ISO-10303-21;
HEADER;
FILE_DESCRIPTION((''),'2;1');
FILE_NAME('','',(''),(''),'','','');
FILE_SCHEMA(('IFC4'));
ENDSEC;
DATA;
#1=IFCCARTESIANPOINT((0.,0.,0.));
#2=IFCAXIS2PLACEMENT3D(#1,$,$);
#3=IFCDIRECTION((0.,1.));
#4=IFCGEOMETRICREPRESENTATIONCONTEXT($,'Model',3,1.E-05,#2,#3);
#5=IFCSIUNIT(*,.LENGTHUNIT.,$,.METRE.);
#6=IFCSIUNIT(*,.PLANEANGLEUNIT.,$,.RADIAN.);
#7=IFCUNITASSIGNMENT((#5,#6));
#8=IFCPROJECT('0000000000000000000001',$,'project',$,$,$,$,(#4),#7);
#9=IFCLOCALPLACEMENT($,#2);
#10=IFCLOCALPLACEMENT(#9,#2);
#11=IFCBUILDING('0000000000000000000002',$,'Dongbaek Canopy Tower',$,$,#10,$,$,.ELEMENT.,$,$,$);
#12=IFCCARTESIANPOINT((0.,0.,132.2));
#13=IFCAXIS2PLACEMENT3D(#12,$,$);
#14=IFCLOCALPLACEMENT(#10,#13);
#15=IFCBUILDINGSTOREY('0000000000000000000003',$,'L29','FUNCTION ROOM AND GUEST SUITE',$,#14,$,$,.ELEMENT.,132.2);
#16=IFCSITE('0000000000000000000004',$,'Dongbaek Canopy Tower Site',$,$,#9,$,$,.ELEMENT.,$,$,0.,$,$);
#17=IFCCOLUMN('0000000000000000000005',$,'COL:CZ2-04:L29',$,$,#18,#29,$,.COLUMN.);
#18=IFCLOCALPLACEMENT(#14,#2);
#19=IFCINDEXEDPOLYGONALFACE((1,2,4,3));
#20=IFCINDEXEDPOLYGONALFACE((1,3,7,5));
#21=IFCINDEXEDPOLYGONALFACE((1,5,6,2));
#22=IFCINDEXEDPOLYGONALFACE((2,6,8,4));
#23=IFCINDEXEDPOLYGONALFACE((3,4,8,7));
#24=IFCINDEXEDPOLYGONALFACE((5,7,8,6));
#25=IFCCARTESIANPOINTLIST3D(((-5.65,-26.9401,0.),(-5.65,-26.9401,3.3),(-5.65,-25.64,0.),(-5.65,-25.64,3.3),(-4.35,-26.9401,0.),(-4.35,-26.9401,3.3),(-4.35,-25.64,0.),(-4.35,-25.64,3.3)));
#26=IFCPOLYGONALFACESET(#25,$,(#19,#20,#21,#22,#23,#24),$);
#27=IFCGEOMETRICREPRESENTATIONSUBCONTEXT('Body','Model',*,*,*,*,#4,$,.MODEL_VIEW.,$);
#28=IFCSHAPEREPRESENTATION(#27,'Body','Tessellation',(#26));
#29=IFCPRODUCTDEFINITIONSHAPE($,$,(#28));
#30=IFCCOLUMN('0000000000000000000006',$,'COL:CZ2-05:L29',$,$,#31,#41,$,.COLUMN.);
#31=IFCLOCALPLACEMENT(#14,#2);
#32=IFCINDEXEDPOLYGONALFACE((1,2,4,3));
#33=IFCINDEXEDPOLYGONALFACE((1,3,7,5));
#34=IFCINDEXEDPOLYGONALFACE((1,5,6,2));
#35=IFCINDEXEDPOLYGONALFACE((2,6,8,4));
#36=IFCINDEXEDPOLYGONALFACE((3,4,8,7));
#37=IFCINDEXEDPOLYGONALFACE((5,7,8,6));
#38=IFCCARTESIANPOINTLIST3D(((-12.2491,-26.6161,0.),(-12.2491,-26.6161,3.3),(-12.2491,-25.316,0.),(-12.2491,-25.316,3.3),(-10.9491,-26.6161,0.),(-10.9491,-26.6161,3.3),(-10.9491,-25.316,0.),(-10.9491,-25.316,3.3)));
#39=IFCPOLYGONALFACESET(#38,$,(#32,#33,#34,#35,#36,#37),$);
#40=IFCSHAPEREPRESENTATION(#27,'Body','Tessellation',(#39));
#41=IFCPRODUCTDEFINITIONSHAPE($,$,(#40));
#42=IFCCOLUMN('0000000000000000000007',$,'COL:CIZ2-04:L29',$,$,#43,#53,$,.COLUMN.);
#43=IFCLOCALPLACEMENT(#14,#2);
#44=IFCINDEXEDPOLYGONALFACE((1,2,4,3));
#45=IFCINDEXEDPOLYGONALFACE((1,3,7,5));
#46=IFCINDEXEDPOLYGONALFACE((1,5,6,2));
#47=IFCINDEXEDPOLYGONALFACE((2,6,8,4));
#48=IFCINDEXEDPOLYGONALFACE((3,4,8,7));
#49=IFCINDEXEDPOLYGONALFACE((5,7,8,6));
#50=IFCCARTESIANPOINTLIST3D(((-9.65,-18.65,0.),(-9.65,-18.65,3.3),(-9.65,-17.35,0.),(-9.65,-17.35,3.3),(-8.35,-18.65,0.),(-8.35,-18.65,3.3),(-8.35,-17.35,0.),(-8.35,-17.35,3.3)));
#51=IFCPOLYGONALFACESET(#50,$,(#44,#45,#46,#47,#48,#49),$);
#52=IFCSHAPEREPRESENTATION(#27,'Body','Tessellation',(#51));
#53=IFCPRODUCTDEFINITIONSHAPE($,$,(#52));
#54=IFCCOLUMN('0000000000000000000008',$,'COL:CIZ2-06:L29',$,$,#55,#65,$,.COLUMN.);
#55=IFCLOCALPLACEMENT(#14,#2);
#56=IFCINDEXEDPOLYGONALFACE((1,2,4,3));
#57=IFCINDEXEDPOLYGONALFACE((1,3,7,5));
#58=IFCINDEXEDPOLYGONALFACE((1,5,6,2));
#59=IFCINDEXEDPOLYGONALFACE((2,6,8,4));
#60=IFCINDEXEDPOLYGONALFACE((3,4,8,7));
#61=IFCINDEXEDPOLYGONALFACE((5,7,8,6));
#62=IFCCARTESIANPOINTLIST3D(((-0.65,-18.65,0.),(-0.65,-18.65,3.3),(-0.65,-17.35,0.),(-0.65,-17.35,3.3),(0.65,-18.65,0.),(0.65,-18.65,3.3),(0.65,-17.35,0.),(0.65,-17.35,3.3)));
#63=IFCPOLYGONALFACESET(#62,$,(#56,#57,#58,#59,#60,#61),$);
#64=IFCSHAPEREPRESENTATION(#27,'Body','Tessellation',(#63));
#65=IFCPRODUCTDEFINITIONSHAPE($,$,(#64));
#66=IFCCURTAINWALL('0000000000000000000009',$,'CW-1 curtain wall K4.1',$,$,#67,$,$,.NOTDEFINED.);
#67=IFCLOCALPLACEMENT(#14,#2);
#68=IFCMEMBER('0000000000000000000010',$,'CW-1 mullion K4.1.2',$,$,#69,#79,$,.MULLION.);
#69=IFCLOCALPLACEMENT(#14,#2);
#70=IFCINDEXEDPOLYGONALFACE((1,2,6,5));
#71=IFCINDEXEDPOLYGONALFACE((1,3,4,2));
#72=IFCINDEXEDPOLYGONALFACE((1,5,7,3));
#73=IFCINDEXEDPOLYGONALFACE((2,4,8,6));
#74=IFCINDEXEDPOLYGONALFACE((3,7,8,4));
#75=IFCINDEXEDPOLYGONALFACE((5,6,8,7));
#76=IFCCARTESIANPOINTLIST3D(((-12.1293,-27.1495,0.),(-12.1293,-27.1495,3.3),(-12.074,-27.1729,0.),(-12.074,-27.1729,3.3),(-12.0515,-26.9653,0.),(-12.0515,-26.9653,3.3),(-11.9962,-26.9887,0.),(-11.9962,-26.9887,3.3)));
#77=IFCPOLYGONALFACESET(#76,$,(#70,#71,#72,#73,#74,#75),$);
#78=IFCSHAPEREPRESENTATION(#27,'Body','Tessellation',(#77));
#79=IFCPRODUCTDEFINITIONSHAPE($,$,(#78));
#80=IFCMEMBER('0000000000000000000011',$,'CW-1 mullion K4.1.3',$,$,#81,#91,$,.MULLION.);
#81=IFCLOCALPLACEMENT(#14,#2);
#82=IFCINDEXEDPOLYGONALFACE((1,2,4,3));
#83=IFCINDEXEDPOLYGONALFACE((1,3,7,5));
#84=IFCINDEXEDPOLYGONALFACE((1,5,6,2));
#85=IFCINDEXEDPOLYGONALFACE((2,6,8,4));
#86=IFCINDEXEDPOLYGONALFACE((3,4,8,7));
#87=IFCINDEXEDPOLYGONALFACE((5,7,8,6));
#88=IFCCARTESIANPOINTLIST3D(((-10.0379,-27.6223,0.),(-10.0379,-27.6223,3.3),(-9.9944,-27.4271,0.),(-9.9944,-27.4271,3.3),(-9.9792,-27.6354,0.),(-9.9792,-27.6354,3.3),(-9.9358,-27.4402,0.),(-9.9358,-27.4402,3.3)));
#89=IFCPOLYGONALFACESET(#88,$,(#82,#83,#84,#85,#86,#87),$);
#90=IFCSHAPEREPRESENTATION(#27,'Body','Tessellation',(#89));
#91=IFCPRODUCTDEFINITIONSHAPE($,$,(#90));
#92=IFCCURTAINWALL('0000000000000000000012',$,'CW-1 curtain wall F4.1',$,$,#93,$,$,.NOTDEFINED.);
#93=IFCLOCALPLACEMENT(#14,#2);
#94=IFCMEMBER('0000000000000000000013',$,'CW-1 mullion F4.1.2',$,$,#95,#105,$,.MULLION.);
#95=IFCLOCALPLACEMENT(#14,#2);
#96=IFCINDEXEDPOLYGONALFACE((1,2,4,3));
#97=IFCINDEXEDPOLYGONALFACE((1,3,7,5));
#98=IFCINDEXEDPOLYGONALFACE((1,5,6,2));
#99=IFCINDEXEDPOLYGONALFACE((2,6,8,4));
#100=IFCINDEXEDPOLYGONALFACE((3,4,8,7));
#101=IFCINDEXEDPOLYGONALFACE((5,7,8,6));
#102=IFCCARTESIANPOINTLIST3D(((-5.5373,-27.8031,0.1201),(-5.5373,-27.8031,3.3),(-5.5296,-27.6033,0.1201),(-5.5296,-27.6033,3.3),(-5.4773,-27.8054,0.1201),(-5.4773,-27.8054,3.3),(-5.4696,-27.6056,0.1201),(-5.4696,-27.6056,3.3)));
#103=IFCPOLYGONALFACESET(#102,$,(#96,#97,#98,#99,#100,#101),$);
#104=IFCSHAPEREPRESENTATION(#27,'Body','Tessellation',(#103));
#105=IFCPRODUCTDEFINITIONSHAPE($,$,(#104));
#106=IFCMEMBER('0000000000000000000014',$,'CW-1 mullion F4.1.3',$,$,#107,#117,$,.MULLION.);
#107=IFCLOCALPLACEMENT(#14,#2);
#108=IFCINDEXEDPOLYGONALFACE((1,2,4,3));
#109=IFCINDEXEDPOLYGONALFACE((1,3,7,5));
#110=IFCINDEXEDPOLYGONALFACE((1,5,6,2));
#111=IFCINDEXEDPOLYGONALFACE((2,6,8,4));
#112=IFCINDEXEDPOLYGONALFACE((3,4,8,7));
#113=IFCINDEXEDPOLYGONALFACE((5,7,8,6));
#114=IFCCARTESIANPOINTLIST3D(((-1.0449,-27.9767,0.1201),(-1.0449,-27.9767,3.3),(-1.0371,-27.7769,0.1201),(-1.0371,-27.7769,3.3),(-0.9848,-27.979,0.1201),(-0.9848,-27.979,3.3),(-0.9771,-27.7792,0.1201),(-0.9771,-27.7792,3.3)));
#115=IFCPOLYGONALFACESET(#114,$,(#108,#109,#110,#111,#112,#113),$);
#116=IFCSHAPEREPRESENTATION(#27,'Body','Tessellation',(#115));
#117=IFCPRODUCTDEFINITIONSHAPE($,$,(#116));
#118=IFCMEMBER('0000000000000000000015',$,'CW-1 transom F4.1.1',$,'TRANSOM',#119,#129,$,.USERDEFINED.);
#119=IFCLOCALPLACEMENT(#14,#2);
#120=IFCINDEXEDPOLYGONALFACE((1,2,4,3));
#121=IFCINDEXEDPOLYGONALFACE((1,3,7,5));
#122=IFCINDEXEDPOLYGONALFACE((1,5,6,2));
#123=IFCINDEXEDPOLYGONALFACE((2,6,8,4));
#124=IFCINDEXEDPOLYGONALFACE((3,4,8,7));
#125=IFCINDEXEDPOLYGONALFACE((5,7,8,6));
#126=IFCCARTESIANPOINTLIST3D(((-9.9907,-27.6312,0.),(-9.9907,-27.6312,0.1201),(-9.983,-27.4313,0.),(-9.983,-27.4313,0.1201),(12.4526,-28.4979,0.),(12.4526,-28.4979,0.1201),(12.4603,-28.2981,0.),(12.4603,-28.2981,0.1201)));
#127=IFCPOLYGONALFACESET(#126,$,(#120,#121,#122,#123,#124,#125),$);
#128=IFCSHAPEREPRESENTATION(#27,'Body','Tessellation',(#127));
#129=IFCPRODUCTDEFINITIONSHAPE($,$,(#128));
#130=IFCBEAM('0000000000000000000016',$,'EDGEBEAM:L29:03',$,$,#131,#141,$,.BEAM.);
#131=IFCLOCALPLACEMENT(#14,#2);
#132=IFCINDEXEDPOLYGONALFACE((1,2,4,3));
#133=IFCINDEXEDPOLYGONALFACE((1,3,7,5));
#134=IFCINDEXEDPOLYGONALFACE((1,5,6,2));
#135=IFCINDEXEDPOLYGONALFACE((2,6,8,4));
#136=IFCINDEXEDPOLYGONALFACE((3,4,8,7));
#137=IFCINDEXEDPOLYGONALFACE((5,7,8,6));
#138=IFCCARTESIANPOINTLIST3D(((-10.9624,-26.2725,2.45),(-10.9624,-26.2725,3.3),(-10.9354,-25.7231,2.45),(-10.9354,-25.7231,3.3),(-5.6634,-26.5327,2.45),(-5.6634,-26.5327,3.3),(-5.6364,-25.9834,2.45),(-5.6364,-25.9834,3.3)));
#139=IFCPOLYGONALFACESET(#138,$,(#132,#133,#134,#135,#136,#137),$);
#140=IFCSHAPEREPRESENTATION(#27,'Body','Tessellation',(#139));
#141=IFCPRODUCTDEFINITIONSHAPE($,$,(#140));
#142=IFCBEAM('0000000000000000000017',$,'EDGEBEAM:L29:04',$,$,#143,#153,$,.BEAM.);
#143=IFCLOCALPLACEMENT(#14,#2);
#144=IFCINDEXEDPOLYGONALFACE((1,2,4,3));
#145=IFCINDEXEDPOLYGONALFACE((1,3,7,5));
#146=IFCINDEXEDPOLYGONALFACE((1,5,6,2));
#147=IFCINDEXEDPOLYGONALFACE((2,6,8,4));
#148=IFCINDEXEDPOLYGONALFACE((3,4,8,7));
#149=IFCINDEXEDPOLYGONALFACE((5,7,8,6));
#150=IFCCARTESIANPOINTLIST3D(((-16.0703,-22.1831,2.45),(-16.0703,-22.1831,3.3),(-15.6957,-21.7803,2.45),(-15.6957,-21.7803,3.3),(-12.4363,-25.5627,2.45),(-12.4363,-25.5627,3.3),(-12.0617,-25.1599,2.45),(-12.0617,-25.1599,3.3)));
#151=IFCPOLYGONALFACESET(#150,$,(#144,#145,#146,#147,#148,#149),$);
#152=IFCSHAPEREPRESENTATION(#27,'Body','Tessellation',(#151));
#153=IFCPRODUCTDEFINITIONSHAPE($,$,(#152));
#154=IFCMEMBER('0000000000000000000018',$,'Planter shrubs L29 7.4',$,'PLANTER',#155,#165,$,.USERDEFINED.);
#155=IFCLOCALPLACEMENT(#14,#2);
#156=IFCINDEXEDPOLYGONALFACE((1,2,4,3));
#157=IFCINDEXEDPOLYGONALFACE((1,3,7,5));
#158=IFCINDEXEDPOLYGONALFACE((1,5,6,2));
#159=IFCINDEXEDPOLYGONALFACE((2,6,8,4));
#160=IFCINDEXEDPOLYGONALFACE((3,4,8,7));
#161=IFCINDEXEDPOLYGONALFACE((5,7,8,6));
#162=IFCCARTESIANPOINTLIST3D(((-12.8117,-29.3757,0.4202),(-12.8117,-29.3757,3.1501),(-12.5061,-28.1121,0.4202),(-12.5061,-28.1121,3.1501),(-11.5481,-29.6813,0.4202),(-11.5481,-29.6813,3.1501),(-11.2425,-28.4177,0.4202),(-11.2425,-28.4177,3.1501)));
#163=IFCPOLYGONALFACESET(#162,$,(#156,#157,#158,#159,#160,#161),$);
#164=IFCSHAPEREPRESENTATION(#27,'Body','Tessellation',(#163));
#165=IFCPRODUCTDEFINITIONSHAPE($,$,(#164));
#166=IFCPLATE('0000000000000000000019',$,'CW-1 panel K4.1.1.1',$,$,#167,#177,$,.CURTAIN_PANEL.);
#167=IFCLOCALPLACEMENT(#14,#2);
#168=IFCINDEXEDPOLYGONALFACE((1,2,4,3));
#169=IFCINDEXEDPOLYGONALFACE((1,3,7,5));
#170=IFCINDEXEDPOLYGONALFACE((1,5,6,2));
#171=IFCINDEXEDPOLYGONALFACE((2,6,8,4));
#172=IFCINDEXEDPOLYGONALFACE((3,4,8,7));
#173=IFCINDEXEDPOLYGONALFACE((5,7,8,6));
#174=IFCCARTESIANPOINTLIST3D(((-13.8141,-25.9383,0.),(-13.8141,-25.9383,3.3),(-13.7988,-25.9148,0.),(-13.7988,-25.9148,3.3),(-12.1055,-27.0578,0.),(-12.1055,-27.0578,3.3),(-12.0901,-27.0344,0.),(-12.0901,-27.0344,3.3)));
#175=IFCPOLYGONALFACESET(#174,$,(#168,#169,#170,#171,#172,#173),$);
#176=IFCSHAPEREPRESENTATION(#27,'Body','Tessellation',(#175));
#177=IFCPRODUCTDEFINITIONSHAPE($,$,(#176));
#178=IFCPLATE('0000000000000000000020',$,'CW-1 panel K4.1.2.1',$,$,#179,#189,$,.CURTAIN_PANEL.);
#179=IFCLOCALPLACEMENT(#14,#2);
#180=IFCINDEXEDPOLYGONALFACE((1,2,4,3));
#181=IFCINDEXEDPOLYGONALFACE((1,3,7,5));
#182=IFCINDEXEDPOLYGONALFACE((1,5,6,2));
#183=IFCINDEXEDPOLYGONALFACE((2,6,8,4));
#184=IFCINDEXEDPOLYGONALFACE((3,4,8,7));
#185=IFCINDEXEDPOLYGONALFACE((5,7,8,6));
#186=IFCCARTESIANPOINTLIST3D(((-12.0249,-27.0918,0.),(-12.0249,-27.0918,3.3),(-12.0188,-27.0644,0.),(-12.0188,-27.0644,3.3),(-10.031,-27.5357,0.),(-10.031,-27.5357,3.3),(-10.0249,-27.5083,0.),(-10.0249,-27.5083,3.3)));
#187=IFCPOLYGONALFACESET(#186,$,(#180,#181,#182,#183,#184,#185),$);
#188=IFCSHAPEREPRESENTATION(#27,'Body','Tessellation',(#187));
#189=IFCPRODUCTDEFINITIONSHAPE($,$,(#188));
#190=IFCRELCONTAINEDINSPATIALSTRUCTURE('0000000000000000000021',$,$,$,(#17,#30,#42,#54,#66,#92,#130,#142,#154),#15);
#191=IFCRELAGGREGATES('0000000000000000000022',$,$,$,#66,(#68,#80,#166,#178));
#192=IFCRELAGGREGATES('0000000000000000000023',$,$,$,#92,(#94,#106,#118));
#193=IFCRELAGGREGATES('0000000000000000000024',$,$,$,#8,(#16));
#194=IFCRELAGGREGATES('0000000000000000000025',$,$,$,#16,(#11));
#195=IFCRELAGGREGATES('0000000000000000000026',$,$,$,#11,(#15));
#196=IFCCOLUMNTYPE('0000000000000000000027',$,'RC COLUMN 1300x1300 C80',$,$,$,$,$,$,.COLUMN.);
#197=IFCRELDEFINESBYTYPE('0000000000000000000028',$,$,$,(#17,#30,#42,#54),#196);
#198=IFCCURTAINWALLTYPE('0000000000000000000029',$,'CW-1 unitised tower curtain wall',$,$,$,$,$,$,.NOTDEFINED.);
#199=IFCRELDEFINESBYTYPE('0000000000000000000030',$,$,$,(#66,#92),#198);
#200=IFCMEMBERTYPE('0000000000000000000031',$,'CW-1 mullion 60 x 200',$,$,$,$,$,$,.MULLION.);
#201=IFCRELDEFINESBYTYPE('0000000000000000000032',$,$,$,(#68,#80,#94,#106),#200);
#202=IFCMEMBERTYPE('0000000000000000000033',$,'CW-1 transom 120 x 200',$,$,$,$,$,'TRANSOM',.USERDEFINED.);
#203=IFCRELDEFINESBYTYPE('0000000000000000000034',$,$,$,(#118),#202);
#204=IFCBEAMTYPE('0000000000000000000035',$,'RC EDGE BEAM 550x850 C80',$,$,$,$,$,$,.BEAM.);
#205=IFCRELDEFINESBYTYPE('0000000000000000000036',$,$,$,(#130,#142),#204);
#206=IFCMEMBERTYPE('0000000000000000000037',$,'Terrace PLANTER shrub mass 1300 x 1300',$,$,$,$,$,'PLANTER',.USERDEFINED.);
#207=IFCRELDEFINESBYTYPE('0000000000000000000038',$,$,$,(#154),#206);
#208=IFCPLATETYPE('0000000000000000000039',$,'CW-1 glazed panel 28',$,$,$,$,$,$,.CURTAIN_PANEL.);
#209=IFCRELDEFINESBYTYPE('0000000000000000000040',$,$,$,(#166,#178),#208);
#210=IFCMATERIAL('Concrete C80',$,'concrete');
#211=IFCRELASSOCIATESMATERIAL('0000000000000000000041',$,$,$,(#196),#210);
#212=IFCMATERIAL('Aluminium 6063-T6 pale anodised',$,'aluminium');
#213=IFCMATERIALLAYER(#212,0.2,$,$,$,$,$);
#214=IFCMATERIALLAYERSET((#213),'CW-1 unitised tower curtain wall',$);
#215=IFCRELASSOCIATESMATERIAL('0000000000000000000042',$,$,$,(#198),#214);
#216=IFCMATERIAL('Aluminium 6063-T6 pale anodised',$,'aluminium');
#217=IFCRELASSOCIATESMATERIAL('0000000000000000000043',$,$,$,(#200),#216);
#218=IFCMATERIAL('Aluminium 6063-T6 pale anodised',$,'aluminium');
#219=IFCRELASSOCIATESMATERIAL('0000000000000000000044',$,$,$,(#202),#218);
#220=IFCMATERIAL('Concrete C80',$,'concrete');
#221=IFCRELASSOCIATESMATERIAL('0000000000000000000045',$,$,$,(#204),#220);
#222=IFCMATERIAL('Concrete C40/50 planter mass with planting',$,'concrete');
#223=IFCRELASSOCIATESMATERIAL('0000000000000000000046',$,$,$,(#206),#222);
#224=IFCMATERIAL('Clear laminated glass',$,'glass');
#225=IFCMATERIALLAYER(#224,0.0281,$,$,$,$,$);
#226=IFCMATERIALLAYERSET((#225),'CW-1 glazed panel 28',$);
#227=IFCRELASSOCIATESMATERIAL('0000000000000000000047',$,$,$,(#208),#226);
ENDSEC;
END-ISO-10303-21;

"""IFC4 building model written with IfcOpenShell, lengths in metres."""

from ifc_helpers import new_model, si_unit, direction, frame, origin, origin_2d, place, context, subcontext, project, spatial, rectangle, extrude, material, layer, layer_set, material_profile, profile_set, type_object, element, aggregate, save


model = new_model("IFC4")

# Units and contexts
model_context = context("Model", 3, precision=1e-05, world=origin(), true_north=direction((0.0, 1.0)))
body_context = subcontext(model_context, "Body", "Model", "MODEL_VIEW")
ifc_project = project(units=[si_unit("LENGTHUNIT", "METRE"), si_unit("PLANEANGLEUNIT", "RADIAN")], contexts=[model_context])

# Site, building, storey
site_placement = place(None, origin())
site = spatial("IfcSite", under=ifc_project, at=site_placement, Name="Dongbaek Canopy Tower Site", CompositionType="ELEMENT", RefElevation=0.0)
building_placement = place(site_placement, origin())
building = spatial("IfcBuilding", under=site, at=building_placement, Name="Dongbaek Canopy Tower", CompositionType="ELEMENT")
storey_placement = place(building_placement, frame((0.0, 0.0, 132.2)))
storey = spatial("IfcBuildingStorey", under=building, at=storey_placement, Name="L29", Description="FUNCTION ROOM AND GUEST SUITE", CompositionType="ELEMENT", Elevation=132.2)

# Columns
ifc_material_1 = material(Name="Concrete C80", Category="concrete")
ifc_material_profile_1 = material_profile(ifc_material_1, rectangle(XDim=1.3, YDim=1.3, at=origin_2d()), Name="RC COLUMN 1300x1300 C80")
ifc_profile_set_1 = profile_set([ifc_material_profile_1], Name="Concrete C80")
column_type = type_object("IfcColumnType", Name="RC COLUMN 1300x1300 C80", PredefinedType="COLUMN", material=ifc_profile_set_1)
for number, where, z_axis, x_axis, name in (
    (1, (-5.0, -26.29, 0.0), (0.0, 0.0, 1.0), (1.0, 0.0, 0.0), "COL:CZ2-04:L29"),
    (2, (-11.5991, -25.9661, 0.0), (0.0, 0.0, 1.0), (1.0, 0.0, 0.0), "COL:CZ2-05:L29"),
    (3, (-9.0, -18.0, 0.0), (0.0, 0.0, 1.0), (1.0, 0.0, 0.0), "COL:CIZ2-04:L29"),
    (4, (0.0, -18.0, 0.0), (0.0, 0.0, 1.0), (1.0, 0.0, 0.0), "COL:CIZ2-06:L29"),
):
    element("IfcColumn", number, at=place(storey_placement, frame(where, z_axis=z_axis, x_axis=x_axis)), inside=storey, type_object=column_type, Name=name, PredefinedType="COLUMN", context=body_context, shape_type="SweptSolid", body=[
        extrude(rectangle(XDim=1.3, YDim=1.3, at=origin_2d()), origin(), (0.0, 0.0, 1.0), 3.3),
    ])

# Curtain walls, members
ifc_material_2 = material(Name="Aluminium 6063-T6 pale anodised", Category="aluminium")
ifc_layer_1 = layer(ifc_material_2, 0.2)
ifc_layer_set_1 = layer_set([ifc_layer_1], Name="CW-1 unitised tower curtain wall")
curtain_wall_type = type_object("IfcCurtainWallType", Name="CW-1 unitised tower curtain wall", PredefinedType="NOTDEFINED", material=ifc_layer_set_1)
curtain_wall_1_placement = place(storey_placement, origin())
curtain_wall_1 = element("IfcCurtainWall", 5, at=curtain_wall_1_placement, inside=storey, type_object=curtain_wall_type, Name="CW-1 curtain wall K4.1", PredefinedType="NOTDEFINED")
ifc_material_3 = material(Name="Aluminium 6063-T6 pale anodised", Category="aluminium")
ifc_material_profile_2 = material_profile(ifc_material_3, rectangle(XDim=0.2, YDim=0.0601, at=origin_2d()), Name="CW-1 mullion 60 x 200")
ifc_profile_set_2 = profile_set([ifc_material_profile_2], Name="Aluminium 6063-T6 pale anodised")
member_type_1 = type_object("IfcMemberType", Name="CW-1 mullion 60 x 200", PredefinedType="MULLION", material=ifc_profile_set_2)
member_1_placement = place(storey_placement, frame((-12.0627, -27.0691, 0.0), z_axis=(0.0, 0.0, 1.0), x_axis=(-0.389014, -0.921232, 0.0)))
member_1 = element("IfcMember", 6, at=member_1_placement, type_object=member_type_1, Name="CW-1 mullion K4.1.2", PredefinedType="MULLION", context=body_context, shape_type="SweptSolid", body=[
    extrude(rectangle(XDim=0.2, YDim=0.0601, at=origin_2d()), origin(), (0.0, 0.0, 1.0), 3.3),
])
member_2_placement = place(storey_placement, frame((-9.9868, -27.5312, 0.0), z_axis=(0.0, 0.0, 1.0), x_axis=(-0.217331, -0.976098, 0.0)))
member_2 = element("IfcMember", 7, at=member_2_placement, type_object=member_type_1, Name="CW-1 mullion K4.1.3", PredefinedType="MULLION", context=body_context, shape_type="SweptSolid", body=[
    extrude(rectangle(XDim=0.2, YDim=0.0601, at=origin_2d()), origin(), (0.0, 0.0, 1.0), 3.3),
])
curtain_wall_2_placement = place(storey_placement, origin())
curtain_wall_2 = element("IfcCurtainWall", 8, at=curtain_wall_2_placement, inside=storey, type_object=curtain_wall_type, Name="CW-1 curtain wall F4.1", PredefinedType="NOTDEFINED")
member_3_placement = place(storey_placement, frame((-5.5034, -27.7043, 0.1201), z_axis=(0.0, 0.0, 1.0), x_axis=(-0.038587, -0.999255, 0.0)))
member_3 = element("IfcMember", 9, at=member_3_placement, type_object=member_type_1, Name="CW-1 mullion F4.1.2", PredefinedType="MULLION", context=body_context, shape_type="SweptSolid", body=[
    extrude(rectangle(XDim=0.2, YDim=0.0601, at=origin_2d()), origin(), (0.0, 0.0, 1.0), 3.1799),
])
member_4_placement = place(storey_placement, frame((-1.011, -27.8779, 0.1201), z_axis=(0.0, 0.0, 1.0), x_axis=(-0.038587, -0.999255, 0.0)))
member_4 = element("IfcMember", 10, at=member_4_placement, type_object=member_type_1, Name="CW-1 mullion F4.1.3", PredefinedType="MULLION", context=body_context, shape_type="SweptSolid", body=[
    extrude(rectangle(XDim=0.2, YDim=0.0601, at=origin_2d()), origin(), (0.0, 0.0, 1.0), 3.1799),
])
ifc_material_4 = material(Name="Aluminium 6063-T6 pale anodised", Category="aluminium")
ifc_material_profile_3 = material_profile(ifc_material_4, rectangle(XDim=0.2, YDim=0.1201, at=origin_2d()), Name="CW-1 transom 120 x 200")
ifc_profile_set_3 = profile_set([ifc_material_profile_3], Name="Aluminium 6063-T6 pale anodised")
member_type_2 = type_object("IfcMemberType", Name="CW-1 transom 120 x 200", ElementType="TRANSOM", PredefinedType="USERDEFINED", material=ifc_profile_set_3)
member_5_placement = place(storey_placement, frame((-9.9868, -27.5312, 0.0601), z_axis=(0.999255, -0.038589, 0.0), x_axis=(0.038589, 0.999255, 0.0)))
member_5 = element("IfcMember", 11, at=member_5_placement, type_object=member_type_2, Name="CW-1 transom F4.1.1", ObjectType="TRANSOM", PredefinedType="USERDEFINED", context=body_context, shape_type="SweptSolid", body=[
    extrude(rectangle(XDim=0.2, YDim=0.1201, at=origin_2d()), origin(), (0.0, 0.0, 1.0), 22.46),
])

# Beams
ifc_material_5 = material(Name="Concrete C80", Category="concrete")
ifc_material_profile_4 = material_profile(ifc_material_5, rectangle(XDim=0.55, YDim=0.8501, at=origin_2d()), Name="RC EDGE BEAM 550x850 C80")
ifc_profile_set_4 = profile_set([ifc_material_profile_4], Name="Concrete C80")
beam_type = type_object("IfcBeamType", Name="RC EDGE BEAM 550x850 C80", PredefinedType="BEAM", material=ifc_profile_set_4)
beam_1_placement = place(storey_placement, frame((-5.6499, -26.2581, 2.875), z_axis=(-0.998796, 0.049054, 0.0), x_axis=(-0.049054, -0.998796, 0.0)))
element("IfcBeam", 12, at=beam_1_placement, inside=storey, type_object=beam_type, Name="EDGEBEAM:L29:03", PredefinedType="BEAM", context=body_context, shape_type="SweptSolid", body=[
    extrude(rectangle(XDim=0.55, YDim=0.8501, at=origin_2d()), origin(), (0.0, 0.0, 1.0), 5.3054),
])
beam_2_placement = place(storey_placement, frame((-12.249, -25.3613, 2.875), z_axis=(-0.732273, 0.681011, 0.0), x_axis=(-0.681011, -0.732273, 0.0)))
element("IfcBeam", 13, at=beam_2_placement, inside=storey, type_object=beam_type, Name="EDGEBEAM:L29:04", PredefinedType="BEAM", context=body_context, shape_type="SweptSolid", body=[
    extrude(rectangle(XDim=0.55, YDim=0.8501, at=origin_2d()), origin(), (0.0, 0.0, 1.0), 4.9626),
])

# Member
ifc_material_6 = material(Name="Concrete C40/50 planter mass with planting", Category="concrete")
ifc_material_profile_5 = material_profile(ifc_material_6, rectangle(XDim=1.3, YDim=1.3, at=origin_2d()), Name="Terrace PLANTER shrub mass 1300 x 1300")
ifc_profile_set_5 = profile_set([ifc_material_profile_5], Name="Concrete C40/50 planter mass with planting")
member_type_3 = type_object("IfcMemberType", Name="Terrace PLANTER shrub mass 1300 x 1300", ElementType="PLANTER", PredefinedType="USERDEFINED", material=ifc_profile_set_5)
member_6_placement = place(storey_placement, frame((-12.0271, -28.8967, 0.4202), z_axis=(0.0, 0.0, 1.0), x_axis=(-0.235067, -0.971979, 0.0)))
element("IfcMember", 14, at=member_6_placement, inside=storey, type_object=member_type_3, Name="Planter shrubs L29 7.4", ObjectType="PLANTER", PredefinedType="USERDEFINED", context=body_context, shape_type="SweptSolid", body=[
    extrude(rectangle(XDim=1.3, YDim=1.3, at=origin_2d()), origin(), (0.0, 0.0, 1.0), 2.73),
])

# Plates
ifc_material_7 = material(Name="Clear laminated glass", Category="glass")
ifc_layer_2 = layer(ifc_material_7, 0.0281)
ifc_layer_set_2 = layer_set([ifc_layer_2], Name="CW-1 glazed panel 28")
plate_type = type_object("IfcPlateType", Name="CW-1 glazed panel 28", PredefinedType="CURTAIN_PANEL", material=ifc_layer_set_2)
plate_1_placement = place(storey_placement, frame((-12.9521, -26.4863, 0.0), z_axis=(0.0, 0.0, 1.0), x_axis=(0.836439, -0.54806, 0.0)))
plate_1 = element("IfcPlate", 15, at=plate_1_placement, type_object=plate_type, Name="CW-1 panel K4.1.1.1", PredefinedType="CURTAIN_PANEL", context=body_context, shape_type="SweptSolid", body=[
    extrude(rectangle(XDim=2.0427, YDim=0.0281, at=origin_2d()), origin(), (0.0, 0.0, 1.0), 3.3),
])
plate_2_placement = place(storey_placement, frame((-11.0249, -27.3, 0.0), z_axis=(0.0, 0.0, 1.0), x_axis=(0.976098, -0.217331, 0.0)))
plate_2 = element("IfcPlate", 16, at=plate_2_placement, type_object=plate_type, Name="CW-1 panel K4.1.2.1", PredefinedType="CURTAIN_PANEL", context=body_context, shape_type="SweptSolid", body=[
    extrude(rectangle(XDim=2.0427, YDim=0.0281, at=origin_2d()), origin(), (0.0, 0.0, 1.0), 3.3),
])
aggregate(curtain_wall_1, [member_1, member_2, plate_1, plate_2])

aggregate(curtain_wall_2, [member_3, member_4, member_5])

save(model, "model.ifc")
